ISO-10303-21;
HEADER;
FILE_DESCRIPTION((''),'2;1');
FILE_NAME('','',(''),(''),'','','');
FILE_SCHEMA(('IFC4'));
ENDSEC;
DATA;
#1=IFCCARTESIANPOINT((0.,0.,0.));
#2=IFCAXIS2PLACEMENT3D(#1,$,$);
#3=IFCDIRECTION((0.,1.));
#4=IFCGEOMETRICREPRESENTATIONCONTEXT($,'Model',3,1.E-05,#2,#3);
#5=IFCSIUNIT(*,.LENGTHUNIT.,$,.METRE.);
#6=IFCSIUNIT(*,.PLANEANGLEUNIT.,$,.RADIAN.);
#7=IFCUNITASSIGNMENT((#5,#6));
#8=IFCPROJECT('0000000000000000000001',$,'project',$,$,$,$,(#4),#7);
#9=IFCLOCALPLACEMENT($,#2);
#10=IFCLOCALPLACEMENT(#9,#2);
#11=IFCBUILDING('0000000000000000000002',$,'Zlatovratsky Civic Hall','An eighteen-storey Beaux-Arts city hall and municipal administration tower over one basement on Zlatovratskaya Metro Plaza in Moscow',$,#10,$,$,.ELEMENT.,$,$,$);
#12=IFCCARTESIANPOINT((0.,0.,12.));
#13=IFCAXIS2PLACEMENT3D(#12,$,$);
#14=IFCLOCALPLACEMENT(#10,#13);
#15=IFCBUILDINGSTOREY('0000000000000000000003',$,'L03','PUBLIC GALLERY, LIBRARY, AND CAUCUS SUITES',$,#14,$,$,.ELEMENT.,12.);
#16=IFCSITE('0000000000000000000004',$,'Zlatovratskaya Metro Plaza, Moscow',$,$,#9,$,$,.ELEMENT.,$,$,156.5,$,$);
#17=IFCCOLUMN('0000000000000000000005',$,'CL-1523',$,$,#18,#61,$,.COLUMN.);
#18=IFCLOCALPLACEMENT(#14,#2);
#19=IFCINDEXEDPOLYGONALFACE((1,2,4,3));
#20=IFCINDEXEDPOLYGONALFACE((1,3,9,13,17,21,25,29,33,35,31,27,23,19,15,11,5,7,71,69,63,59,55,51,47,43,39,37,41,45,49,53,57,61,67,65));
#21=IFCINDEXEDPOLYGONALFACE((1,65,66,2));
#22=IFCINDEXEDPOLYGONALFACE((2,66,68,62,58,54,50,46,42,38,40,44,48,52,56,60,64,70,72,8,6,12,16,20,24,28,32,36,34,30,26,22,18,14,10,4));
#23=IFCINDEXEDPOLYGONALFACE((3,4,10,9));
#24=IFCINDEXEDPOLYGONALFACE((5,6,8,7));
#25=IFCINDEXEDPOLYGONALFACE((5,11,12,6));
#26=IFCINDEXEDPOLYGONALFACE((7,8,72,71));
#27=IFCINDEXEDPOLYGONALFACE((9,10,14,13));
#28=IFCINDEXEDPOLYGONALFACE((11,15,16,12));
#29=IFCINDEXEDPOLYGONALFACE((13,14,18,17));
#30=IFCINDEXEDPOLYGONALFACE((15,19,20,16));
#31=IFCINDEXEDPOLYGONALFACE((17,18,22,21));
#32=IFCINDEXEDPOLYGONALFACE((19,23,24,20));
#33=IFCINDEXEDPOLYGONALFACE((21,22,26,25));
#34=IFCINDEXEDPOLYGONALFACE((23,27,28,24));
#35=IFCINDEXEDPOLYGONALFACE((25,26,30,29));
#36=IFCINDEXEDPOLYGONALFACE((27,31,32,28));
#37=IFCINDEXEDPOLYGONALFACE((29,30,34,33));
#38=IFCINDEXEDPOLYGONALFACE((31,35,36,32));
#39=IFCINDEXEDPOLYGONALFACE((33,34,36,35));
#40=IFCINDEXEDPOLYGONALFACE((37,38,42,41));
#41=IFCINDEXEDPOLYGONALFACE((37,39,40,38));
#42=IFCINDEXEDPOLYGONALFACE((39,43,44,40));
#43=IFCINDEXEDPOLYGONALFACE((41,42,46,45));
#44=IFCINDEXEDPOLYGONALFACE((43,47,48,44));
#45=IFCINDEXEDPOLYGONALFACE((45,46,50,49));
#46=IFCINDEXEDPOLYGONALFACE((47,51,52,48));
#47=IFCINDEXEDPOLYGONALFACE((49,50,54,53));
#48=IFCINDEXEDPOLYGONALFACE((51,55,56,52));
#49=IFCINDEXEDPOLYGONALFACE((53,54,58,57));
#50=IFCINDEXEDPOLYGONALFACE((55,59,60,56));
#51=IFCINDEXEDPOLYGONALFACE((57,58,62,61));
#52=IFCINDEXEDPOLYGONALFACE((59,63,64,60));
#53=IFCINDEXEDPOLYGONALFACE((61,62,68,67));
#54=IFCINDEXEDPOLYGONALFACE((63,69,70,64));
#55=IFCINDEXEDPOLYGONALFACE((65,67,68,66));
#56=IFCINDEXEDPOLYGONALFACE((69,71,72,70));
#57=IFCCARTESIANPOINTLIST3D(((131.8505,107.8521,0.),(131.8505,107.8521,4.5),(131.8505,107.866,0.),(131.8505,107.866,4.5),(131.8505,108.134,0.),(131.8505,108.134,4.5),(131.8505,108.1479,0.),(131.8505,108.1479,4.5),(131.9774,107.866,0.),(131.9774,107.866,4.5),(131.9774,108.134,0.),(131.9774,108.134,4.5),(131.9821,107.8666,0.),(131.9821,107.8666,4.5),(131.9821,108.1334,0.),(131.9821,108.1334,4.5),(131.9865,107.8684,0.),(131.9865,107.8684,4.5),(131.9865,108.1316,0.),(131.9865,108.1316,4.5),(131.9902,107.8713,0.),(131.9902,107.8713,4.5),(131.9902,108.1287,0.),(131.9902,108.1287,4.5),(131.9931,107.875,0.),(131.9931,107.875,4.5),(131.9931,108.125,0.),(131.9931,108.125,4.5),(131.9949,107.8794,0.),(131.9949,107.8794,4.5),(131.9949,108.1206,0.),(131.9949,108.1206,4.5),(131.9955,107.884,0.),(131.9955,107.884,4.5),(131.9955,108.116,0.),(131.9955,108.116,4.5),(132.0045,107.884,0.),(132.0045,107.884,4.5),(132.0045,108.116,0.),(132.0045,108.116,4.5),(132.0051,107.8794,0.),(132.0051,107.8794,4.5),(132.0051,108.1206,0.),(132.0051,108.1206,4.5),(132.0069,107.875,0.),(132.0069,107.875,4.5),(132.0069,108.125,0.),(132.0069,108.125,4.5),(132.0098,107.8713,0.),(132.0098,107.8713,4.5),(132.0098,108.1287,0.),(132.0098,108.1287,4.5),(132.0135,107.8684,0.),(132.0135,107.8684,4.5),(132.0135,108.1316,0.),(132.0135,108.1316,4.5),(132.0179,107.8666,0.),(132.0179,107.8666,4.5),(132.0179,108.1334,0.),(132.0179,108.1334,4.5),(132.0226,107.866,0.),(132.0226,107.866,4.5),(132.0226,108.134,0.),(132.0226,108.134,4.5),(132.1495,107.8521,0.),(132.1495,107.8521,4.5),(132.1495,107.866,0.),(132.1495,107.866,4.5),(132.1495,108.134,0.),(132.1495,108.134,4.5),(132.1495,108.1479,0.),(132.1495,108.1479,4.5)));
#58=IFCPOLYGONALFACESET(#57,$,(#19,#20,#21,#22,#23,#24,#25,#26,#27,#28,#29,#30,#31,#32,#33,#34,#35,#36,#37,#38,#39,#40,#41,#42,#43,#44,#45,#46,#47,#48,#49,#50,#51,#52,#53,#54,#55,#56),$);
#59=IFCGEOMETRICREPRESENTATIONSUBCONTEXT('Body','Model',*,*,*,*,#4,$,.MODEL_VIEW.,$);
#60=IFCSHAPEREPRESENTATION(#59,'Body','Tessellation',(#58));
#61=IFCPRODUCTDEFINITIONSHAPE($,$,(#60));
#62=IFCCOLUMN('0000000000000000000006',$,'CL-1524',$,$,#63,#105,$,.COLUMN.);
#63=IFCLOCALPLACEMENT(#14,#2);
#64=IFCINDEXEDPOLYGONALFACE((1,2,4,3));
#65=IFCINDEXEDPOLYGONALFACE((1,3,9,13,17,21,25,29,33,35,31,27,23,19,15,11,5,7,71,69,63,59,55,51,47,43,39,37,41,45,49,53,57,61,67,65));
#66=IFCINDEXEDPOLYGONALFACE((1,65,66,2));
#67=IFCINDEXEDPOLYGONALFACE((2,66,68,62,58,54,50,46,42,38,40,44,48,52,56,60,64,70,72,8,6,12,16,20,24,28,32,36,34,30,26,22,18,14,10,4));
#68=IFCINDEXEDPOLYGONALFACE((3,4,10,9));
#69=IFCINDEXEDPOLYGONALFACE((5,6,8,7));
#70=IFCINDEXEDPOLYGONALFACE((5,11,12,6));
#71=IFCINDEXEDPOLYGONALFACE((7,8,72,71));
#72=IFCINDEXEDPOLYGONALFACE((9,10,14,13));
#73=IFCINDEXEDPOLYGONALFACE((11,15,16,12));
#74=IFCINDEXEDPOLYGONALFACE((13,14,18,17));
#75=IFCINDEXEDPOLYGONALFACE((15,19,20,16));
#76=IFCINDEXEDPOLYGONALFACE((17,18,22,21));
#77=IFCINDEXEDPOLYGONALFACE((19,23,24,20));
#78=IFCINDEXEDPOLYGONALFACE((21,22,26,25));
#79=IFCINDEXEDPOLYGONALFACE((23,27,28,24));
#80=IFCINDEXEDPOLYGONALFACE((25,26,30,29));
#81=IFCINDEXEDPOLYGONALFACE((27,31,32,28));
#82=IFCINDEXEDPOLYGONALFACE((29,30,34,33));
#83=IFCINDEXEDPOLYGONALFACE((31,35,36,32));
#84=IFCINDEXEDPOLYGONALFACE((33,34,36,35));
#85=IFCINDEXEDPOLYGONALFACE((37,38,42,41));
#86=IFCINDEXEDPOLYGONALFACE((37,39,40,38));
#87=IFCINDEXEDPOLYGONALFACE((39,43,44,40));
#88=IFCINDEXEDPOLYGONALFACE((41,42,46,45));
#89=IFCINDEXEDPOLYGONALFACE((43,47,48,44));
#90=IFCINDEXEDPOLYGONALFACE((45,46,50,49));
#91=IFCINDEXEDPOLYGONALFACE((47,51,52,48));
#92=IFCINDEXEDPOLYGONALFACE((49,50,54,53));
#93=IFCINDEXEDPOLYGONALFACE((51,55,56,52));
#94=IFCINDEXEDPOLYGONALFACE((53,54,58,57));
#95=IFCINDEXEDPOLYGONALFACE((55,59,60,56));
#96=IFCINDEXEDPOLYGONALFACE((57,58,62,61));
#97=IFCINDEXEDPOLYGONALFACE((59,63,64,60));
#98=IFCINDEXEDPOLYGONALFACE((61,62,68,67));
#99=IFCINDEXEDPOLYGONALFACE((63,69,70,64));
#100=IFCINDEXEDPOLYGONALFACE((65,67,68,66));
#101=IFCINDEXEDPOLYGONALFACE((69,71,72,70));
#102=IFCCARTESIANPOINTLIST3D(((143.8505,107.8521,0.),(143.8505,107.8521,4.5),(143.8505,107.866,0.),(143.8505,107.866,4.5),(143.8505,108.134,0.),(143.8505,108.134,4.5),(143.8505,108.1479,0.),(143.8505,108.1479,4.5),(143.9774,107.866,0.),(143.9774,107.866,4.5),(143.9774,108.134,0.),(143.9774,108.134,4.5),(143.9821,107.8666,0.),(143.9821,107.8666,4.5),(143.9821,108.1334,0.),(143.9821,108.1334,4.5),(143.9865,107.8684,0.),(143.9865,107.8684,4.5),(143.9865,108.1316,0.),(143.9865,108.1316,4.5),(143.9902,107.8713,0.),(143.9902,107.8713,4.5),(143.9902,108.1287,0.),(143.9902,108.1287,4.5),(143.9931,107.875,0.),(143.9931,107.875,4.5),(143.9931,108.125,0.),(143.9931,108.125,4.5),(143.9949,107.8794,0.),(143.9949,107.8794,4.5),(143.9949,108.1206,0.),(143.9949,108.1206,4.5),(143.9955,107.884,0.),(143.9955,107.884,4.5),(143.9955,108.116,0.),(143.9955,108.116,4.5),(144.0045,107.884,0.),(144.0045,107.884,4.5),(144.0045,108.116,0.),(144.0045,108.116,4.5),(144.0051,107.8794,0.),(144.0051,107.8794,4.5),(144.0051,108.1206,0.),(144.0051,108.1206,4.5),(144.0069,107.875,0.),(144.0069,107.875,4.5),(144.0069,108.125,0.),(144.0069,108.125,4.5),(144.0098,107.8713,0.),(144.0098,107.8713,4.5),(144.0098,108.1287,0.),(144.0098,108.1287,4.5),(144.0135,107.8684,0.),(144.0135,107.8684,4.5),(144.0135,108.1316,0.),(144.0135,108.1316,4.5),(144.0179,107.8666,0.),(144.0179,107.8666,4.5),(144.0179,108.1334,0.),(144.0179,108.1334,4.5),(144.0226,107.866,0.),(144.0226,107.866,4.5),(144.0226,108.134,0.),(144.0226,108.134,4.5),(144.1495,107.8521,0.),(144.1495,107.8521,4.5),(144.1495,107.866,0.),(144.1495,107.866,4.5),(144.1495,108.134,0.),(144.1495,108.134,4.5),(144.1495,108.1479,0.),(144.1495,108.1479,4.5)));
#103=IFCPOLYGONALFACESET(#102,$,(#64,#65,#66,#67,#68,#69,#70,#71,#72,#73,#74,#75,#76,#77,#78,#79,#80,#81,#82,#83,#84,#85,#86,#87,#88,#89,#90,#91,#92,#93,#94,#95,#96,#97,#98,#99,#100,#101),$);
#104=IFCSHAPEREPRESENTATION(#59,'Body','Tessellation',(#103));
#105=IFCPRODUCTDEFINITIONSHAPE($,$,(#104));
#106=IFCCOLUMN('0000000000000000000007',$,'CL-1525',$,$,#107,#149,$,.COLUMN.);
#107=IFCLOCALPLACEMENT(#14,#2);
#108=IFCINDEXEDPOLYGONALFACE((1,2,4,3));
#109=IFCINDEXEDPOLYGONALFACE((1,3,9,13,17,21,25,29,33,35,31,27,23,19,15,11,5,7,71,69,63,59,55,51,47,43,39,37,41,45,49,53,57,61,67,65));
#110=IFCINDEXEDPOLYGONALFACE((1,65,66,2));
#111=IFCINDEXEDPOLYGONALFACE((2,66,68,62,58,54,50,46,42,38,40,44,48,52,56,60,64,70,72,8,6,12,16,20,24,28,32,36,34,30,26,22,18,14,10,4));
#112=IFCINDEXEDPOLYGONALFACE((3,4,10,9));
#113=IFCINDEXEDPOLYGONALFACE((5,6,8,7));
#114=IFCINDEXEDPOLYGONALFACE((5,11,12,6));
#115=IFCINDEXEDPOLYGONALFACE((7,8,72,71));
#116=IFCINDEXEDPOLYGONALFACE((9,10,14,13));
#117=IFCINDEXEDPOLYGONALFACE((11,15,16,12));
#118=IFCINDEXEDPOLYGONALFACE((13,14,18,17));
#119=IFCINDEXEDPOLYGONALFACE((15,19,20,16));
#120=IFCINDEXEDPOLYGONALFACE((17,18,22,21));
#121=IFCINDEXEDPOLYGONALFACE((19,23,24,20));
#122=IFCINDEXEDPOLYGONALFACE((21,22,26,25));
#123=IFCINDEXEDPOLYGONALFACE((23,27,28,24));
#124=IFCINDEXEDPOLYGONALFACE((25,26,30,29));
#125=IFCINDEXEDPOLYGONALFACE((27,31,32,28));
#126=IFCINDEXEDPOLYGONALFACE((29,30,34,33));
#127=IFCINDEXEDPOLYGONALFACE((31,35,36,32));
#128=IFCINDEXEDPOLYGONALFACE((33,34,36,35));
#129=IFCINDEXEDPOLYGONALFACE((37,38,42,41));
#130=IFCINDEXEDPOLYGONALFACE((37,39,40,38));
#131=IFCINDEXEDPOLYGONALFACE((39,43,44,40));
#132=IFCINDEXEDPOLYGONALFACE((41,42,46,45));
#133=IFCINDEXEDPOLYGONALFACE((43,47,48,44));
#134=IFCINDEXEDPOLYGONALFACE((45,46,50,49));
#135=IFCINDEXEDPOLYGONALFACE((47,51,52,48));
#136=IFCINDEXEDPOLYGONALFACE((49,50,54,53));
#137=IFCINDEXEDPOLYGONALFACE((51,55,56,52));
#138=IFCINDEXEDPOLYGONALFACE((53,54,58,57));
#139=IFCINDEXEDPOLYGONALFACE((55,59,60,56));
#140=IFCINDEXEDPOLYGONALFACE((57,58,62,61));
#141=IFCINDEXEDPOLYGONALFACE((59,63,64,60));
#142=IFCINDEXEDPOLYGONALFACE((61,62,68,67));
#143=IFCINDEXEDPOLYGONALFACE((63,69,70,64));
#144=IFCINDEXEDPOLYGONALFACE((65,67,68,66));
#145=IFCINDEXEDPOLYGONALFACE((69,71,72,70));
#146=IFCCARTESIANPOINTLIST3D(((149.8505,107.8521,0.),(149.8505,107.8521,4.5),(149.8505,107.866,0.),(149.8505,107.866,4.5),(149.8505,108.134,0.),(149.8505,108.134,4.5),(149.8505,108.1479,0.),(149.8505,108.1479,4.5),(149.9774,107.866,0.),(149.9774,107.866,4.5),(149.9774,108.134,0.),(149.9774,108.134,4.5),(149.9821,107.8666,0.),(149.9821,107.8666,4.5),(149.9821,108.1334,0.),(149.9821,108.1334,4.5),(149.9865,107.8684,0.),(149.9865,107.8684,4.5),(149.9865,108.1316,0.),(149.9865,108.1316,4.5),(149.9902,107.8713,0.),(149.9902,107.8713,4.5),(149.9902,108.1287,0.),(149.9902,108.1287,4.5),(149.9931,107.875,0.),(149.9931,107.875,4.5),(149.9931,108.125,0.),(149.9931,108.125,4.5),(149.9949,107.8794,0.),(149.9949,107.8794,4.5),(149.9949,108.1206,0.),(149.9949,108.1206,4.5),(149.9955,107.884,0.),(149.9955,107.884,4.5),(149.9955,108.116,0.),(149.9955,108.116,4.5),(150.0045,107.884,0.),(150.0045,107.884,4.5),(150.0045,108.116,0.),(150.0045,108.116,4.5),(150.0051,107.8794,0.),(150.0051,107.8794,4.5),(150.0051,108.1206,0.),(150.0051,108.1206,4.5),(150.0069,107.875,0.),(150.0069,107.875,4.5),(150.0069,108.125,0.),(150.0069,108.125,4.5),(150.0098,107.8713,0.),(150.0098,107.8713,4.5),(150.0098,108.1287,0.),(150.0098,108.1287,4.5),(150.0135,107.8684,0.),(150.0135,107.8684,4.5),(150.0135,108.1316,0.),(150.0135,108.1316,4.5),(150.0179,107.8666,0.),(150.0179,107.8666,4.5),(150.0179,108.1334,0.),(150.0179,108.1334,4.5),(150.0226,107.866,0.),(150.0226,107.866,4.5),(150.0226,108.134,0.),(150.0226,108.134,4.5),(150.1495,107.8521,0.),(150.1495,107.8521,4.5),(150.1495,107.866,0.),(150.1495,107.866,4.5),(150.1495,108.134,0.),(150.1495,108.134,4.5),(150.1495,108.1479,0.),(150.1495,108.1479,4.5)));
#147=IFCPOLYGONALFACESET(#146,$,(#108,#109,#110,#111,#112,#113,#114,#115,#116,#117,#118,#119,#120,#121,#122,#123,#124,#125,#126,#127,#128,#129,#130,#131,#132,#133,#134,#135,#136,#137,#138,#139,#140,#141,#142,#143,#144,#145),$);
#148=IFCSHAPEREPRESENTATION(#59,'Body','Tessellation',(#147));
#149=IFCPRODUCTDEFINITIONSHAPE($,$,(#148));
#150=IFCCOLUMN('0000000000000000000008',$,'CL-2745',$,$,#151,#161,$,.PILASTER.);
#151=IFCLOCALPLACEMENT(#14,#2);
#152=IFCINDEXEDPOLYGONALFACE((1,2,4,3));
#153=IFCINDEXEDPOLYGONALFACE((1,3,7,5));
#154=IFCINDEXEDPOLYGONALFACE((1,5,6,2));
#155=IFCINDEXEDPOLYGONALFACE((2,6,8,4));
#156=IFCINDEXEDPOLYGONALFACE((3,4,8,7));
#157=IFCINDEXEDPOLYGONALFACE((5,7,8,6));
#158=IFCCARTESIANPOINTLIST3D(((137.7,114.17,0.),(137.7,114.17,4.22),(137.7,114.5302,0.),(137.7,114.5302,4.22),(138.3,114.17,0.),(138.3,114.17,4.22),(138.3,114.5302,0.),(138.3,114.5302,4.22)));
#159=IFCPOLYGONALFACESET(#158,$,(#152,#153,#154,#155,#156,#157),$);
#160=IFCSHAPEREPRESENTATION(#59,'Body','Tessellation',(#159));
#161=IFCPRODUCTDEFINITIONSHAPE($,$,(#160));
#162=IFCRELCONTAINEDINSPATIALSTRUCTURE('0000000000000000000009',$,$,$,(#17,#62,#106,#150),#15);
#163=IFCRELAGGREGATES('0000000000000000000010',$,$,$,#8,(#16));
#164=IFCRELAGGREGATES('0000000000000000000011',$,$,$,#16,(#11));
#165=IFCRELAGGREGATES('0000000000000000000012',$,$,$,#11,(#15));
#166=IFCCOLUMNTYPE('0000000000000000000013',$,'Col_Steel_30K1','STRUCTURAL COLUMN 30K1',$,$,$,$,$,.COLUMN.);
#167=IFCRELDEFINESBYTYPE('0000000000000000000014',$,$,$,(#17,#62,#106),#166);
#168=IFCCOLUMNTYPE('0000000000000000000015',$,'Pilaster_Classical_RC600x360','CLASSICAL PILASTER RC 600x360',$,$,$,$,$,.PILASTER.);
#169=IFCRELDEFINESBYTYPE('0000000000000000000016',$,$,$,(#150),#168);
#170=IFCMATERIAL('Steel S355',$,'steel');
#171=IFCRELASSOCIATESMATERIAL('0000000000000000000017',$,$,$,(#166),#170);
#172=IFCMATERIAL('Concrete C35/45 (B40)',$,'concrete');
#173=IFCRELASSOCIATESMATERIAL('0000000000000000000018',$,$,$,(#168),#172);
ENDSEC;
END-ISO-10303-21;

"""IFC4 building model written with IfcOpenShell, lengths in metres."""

from ifc_helpers import new_model, si_unit, direction, frame, origin, origin_2d, place, context, subcontext, project, spatial, rectangle, i_section, extrude, material, material_profile, profile_set, type_object, element, save


model = new_model("IFC4")

# Units and contexts
model_context = context("Model", 3, precision=1e-05, world=origin(), true_north=direction((0.0, 1.0)))
body_context = subcontext(model_context, "Body", "Model", "MODEL_VIEW")
ifc_project = project(units=[si_unit("LENGTHUNIT", "METRE"), si_unit("PLANEANGLEUNIT", "RADIAN")], contexts=[model_context])

# Site, building, storey
site_placement = place(None, origin())
site = spatial("IfcSite", under=ifc_project, at=site_placement, Name="Zlatovratskaya Metro Plaza, Moscow", CompositionType="ELEMENT", RefElevation=156.5)
building_placement = place(site_placement, origin())
building = spatial("IfcBuilding", under=site, at=building_placement, Name="Zlatovratsky Civic Hall", Description="An eighteen-storey Beaux-Arts city hall and municipal administration tower over one basement on Zlatovratskaya Metro Plaza in Moscow", CompositionType="ELEMENT")
storey_placement = place(building_placement, frame((0.0, 0.0, 12.0)))
storey = spatial("IfcBuildingStorey", under=building, at=storey_placement, Name="L03", Description="PUBLIC GALLERY, LIBRARY, AND CAUCUS SUITES", CompositionType="ELEMENT", Elevation=12.0)

# Columns
ifc_material_1 = material(Name="Concrete C35/45 (B40)", Category="concrete")
ifc_material_2 = material(Name="Steel S355", Category="steel")
ifc_material_profile_1 = material_profile(ifc_material_2, i_section(OverallWidth=0.2991, OverallDepth=0.2959, WebThickness=0.009, FlangeThickness=0.0139, FilletRadius=0.0181, at=origin_2d()), Name="30K1")
ifc_profile_set_1 = profile_set([ifc_material_profile_1], Name="Steel S355")
column_type_1 = type_object("IfcColumnType", Name="Col_Steel_30K1", Description="STRUCTURAL COLUMN 30K1", PredefinedType="COLUMN", material=ifc_profile_set_1)
for number, where, z_axis, x_axis, name in (
    (1, (132.0, 108.0, 0.0), (0.0, 0.0, 1.0), (1.0, 0.0, 0.0), "CL-1523"),
    (2, (144.0, 108.0, 0.0), (0.0, 0.0, 1.0), (1.0, 0.0, 0.0), "CL-1524"),
    (3, (150.0, 108.0, 0.0), (0.0, 0.0, 1.0), (1.0, 0.0, 0.0), "CL-1525"),
):
    element("IfcColumn", number, at=place(storey_placement, frame(where, z_axis=z_axis, x_axis=x_axis)), inside=storey, type_object=column_type_1, Name=name, PredefinedType="COLUMN", context=body_context, shape_type="SweptSolid", body=[
        extrude(i_section(OverallWidth=0.2991, OverallDepth=0.2959, WebThickness=0.009, FlangeThickness=0.0139, FilletRadius=0.0181, at=origin_2d()), origin(), (0.0, 0.0, 1.0), 4.5),
    ])
ifc_material_profile_2 = material_profile(ifc_material_1, rectangle(XDim=0.6001, YDim=0.3601, at=origin_2d()), Name="RC 600x360")
ifc_profile_set_2 = profile_set([ifc_material_profile_2], Name="Concrete C35/45 (B40)")
column_type_2 = type_object("IfcColumnType", Name="Pilaster_Classical_RC600x360", Description="CLASSICAL PILASTER RC 600x360", PredefinedType="PILASTER", material=ifc_profile_set_2)
column_placement = place(storey_placement, frame((138.0, 114.3501, 0.0), z_axis=(0.0, 0.0, 1.0), x_axis=(1.0, 0.0, 0.0)))
element("IfcColumn", 4, at=column_placement, inside=storey, type_object=column_type_2, Name="CL-2745", PredefinedType="PILASTER", context=body_context, shape_type="SweptSolid", body=[
    extrude(rectangle(XDim=0.6001, YDim=0.3601, at=origin_2d()), origin(), (0.0, 0.0, 1.0), 4.22),
])

save(model, "model.ifc")
